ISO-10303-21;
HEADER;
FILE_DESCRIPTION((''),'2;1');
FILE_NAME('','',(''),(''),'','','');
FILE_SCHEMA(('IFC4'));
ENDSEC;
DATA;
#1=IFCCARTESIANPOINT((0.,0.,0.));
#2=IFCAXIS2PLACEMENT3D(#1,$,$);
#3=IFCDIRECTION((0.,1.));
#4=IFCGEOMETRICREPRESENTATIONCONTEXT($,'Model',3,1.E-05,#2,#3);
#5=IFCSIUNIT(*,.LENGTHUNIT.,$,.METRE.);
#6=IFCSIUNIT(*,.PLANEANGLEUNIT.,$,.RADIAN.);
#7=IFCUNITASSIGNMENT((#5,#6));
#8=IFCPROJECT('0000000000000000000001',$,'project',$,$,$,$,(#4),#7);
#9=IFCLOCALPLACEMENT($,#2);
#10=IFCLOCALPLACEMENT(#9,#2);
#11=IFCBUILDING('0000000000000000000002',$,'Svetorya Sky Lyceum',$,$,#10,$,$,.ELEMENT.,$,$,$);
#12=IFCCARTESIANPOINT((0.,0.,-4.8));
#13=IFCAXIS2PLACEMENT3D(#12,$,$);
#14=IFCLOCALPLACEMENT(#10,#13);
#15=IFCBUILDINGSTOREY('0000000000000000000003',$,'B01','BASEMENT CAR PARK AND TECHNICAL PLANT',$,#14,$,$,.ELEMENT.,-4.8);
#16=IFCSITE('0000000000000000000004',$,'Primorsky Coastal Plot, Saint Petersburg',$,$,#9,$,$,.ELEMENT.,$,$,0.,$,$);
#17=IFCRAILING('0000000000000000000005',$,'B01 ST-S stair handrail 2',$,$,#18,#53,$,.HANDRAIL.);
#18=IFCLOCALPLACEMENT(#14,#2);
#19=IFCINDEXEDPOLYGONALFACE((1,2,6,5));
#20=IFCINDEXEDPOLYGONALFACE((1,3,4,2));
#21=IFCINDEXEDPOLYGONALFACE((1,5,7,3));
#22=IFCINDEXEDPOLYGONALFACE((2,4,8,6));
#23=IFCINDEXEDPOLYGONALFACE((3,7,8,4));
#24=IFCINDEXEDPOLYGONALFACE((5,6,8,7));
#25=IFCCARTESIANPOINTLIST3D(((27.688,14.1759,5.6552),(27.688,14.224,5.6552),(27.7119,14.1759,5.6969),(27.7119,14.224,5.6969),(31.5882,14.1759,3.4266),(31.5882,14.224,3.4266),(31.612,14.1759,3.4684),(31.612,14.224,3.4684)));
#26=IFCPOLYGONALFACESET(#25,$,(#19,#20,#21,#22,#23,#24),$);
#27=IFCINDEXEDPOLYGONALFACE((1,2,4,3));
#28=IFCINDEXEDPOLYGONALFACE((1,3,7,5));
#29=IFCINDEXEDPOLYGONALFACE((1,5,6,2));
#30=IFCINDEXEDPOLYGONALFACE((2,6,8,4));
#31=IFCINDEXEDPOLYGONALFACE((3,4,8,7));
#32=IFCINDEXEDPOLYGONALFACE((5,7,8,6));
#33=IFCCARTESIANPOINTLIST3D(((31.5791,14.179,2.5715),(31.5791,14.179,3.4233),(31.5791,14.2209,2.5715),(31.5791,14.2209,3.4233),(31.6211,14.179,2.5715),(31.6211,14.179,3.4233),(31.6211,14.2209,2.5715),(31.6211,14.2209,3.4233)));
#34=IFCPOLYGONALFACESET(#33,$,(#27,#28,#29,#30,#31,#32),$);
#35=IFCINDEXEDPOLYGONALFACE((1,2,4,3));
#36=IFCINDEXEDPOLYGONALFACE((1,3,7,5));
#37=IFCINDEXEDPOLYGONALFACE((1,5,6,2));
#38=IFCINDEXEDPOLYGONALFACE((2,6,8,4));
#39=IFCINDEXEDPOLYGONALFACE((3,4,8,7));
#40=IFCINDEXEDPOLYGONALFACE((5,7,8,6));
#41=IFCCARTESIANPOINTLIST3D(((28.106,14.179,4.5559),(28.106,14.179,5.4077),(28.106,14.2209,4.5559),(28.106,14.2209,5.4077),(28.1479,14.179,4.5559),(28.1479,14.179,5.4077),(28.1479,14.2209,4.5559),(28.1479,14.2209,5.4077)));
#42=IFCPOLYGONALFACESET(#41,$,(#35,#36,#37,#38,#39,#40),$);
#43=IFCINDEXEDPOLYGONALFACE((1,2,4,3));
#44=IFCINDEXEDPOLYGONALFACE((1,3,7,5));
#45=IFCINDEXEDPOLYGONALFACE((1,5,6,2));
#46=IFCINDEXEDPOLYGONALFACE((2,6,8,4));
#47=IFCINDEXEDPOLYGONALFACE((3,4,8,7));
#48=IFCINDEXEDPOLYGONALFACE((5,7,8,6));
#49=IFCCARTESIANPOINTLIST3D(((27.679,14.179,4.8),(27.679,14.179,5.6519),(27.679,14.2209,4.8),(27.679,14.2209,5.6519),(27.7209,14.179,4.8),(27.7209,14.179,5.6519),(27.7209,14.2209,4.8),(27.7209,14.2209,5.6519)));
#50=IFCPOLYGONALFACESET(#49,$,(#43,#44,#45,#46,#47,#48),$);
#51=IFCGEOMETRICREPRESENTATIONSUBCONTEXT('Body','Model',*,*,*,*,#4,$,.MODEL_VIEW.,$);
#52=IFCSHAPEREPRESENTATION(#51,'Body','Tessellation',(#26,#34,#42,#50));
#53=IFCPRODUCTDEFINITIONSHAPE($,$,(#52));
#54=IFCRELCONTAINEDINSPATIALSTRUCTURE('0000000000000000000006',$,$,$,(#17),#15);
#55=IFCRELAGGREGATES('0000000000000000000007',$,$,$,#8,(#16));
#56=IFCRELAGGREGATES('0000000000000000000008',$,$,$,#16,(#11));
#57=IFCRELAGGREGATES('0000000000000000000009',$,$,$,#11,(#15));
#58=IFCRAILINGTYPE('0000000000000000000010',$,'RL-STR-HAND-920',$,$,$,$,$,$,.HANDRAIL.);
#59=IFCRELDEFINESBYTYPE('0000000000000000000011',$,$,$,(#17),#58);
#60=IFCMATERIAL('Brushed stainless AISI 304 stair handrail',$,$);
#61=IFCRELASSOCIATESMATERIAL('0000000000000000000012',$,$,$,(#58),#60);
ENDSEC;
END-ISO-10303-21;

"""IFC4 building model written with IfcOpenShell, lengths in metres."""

from ifc_helpers import new_model, si_unit, direction, frame, origin, origin_2d, place, context, subcontext, project, spatial, rectangle, extrude, material, type_object, element, save


model = new_model("IFC4")

# Units and contexts
model_context = context("Model", 3, precision=1e-05, world=origin(), true_north=direction((0.0, 1.0)))
body_context = subcontext(model_context, "Body", "Model", "MODEL_VIEW")
ifc_project = project(units=[si_unit("LENGTHUNIT", "METRE"), si_unit("PLANEANGLEUNIT", "RADIAN")], contexts=[model_context])

# Site, building, storey
site_placement = place(None, origin())
site = spatial("IfcSite", under=ifc_project, at=site_placement, Name="Primorsky Coastal Plot, Saint Petersburg", CompositionType="ELEMENT", RefElevation=0.0)
building_placement = place(site_placement, origin())
building = spatial("IfcBuilding", under=site, at=building_placement, Name="Svetorya Sky Lyceum", CompositionType="ELEMENT")
storey_placement = place(building_placement, frame((0.0, 0.0, -4.8)))
storey = spatial("IfcBuildingStorey", under=building, at=storey_placement, Name="B01", Description="BASEMENT CAR PARK AND TECHNICAL PLANT", CompositionType="ELEMENT", Elevation=-4.8)

# Railing
ifc_material_1 = material(Name="Brushed stainless AISI 304 stair handrail")
railing_type_1 = type_object("IfcRailingType", Name="RL-STR-HAND-920", PredefinedType="HANDRAIL", material=ifc_material_1)
railing_1_placement = place(storey_placement, frame((31.6001, 14.2, 2.5715)))
element("IfcRailing", 1, at=railing_1_placement, inside=storey, type_object=railing_type_1, Name="B01 ST-S stair handrail 2", PredefinedType="HANDRAIL", context=body_context, shape_type="SweptSolid", body=[
    extrude(rectangle(XDim=0.0481, YDim=0.0481, at=origin_2d()), frame((0.0, 0.0, 0.876), z_axis=(-0.868257, 0.0, 0.496116), x_axis=(0.0, -1.0, 0.0)), (0.0, 0.0, 1.0), 4.4919),
    extrude(rectangle(XDim=0.042, YDim=0.042, at=origin_2d()), origin(), (0.0, 0.0, 1.0), 0.8518),
    extrude(rectangle(XDim=0.042, YDim=0.042, at=origin_2d()), frame((-3.4731, 0.0, 1.9844)), (0.0, 0.0, 1.0), 0.8518),
    extrude(rectangle(XDim=0.042, YDim=0.042, at=origin_2d()), frame((-3.9001, 0.0, 2.2285)), (0.0, 0.0, 1.0), 0.8518),
])

save(model, "model.ifc")
